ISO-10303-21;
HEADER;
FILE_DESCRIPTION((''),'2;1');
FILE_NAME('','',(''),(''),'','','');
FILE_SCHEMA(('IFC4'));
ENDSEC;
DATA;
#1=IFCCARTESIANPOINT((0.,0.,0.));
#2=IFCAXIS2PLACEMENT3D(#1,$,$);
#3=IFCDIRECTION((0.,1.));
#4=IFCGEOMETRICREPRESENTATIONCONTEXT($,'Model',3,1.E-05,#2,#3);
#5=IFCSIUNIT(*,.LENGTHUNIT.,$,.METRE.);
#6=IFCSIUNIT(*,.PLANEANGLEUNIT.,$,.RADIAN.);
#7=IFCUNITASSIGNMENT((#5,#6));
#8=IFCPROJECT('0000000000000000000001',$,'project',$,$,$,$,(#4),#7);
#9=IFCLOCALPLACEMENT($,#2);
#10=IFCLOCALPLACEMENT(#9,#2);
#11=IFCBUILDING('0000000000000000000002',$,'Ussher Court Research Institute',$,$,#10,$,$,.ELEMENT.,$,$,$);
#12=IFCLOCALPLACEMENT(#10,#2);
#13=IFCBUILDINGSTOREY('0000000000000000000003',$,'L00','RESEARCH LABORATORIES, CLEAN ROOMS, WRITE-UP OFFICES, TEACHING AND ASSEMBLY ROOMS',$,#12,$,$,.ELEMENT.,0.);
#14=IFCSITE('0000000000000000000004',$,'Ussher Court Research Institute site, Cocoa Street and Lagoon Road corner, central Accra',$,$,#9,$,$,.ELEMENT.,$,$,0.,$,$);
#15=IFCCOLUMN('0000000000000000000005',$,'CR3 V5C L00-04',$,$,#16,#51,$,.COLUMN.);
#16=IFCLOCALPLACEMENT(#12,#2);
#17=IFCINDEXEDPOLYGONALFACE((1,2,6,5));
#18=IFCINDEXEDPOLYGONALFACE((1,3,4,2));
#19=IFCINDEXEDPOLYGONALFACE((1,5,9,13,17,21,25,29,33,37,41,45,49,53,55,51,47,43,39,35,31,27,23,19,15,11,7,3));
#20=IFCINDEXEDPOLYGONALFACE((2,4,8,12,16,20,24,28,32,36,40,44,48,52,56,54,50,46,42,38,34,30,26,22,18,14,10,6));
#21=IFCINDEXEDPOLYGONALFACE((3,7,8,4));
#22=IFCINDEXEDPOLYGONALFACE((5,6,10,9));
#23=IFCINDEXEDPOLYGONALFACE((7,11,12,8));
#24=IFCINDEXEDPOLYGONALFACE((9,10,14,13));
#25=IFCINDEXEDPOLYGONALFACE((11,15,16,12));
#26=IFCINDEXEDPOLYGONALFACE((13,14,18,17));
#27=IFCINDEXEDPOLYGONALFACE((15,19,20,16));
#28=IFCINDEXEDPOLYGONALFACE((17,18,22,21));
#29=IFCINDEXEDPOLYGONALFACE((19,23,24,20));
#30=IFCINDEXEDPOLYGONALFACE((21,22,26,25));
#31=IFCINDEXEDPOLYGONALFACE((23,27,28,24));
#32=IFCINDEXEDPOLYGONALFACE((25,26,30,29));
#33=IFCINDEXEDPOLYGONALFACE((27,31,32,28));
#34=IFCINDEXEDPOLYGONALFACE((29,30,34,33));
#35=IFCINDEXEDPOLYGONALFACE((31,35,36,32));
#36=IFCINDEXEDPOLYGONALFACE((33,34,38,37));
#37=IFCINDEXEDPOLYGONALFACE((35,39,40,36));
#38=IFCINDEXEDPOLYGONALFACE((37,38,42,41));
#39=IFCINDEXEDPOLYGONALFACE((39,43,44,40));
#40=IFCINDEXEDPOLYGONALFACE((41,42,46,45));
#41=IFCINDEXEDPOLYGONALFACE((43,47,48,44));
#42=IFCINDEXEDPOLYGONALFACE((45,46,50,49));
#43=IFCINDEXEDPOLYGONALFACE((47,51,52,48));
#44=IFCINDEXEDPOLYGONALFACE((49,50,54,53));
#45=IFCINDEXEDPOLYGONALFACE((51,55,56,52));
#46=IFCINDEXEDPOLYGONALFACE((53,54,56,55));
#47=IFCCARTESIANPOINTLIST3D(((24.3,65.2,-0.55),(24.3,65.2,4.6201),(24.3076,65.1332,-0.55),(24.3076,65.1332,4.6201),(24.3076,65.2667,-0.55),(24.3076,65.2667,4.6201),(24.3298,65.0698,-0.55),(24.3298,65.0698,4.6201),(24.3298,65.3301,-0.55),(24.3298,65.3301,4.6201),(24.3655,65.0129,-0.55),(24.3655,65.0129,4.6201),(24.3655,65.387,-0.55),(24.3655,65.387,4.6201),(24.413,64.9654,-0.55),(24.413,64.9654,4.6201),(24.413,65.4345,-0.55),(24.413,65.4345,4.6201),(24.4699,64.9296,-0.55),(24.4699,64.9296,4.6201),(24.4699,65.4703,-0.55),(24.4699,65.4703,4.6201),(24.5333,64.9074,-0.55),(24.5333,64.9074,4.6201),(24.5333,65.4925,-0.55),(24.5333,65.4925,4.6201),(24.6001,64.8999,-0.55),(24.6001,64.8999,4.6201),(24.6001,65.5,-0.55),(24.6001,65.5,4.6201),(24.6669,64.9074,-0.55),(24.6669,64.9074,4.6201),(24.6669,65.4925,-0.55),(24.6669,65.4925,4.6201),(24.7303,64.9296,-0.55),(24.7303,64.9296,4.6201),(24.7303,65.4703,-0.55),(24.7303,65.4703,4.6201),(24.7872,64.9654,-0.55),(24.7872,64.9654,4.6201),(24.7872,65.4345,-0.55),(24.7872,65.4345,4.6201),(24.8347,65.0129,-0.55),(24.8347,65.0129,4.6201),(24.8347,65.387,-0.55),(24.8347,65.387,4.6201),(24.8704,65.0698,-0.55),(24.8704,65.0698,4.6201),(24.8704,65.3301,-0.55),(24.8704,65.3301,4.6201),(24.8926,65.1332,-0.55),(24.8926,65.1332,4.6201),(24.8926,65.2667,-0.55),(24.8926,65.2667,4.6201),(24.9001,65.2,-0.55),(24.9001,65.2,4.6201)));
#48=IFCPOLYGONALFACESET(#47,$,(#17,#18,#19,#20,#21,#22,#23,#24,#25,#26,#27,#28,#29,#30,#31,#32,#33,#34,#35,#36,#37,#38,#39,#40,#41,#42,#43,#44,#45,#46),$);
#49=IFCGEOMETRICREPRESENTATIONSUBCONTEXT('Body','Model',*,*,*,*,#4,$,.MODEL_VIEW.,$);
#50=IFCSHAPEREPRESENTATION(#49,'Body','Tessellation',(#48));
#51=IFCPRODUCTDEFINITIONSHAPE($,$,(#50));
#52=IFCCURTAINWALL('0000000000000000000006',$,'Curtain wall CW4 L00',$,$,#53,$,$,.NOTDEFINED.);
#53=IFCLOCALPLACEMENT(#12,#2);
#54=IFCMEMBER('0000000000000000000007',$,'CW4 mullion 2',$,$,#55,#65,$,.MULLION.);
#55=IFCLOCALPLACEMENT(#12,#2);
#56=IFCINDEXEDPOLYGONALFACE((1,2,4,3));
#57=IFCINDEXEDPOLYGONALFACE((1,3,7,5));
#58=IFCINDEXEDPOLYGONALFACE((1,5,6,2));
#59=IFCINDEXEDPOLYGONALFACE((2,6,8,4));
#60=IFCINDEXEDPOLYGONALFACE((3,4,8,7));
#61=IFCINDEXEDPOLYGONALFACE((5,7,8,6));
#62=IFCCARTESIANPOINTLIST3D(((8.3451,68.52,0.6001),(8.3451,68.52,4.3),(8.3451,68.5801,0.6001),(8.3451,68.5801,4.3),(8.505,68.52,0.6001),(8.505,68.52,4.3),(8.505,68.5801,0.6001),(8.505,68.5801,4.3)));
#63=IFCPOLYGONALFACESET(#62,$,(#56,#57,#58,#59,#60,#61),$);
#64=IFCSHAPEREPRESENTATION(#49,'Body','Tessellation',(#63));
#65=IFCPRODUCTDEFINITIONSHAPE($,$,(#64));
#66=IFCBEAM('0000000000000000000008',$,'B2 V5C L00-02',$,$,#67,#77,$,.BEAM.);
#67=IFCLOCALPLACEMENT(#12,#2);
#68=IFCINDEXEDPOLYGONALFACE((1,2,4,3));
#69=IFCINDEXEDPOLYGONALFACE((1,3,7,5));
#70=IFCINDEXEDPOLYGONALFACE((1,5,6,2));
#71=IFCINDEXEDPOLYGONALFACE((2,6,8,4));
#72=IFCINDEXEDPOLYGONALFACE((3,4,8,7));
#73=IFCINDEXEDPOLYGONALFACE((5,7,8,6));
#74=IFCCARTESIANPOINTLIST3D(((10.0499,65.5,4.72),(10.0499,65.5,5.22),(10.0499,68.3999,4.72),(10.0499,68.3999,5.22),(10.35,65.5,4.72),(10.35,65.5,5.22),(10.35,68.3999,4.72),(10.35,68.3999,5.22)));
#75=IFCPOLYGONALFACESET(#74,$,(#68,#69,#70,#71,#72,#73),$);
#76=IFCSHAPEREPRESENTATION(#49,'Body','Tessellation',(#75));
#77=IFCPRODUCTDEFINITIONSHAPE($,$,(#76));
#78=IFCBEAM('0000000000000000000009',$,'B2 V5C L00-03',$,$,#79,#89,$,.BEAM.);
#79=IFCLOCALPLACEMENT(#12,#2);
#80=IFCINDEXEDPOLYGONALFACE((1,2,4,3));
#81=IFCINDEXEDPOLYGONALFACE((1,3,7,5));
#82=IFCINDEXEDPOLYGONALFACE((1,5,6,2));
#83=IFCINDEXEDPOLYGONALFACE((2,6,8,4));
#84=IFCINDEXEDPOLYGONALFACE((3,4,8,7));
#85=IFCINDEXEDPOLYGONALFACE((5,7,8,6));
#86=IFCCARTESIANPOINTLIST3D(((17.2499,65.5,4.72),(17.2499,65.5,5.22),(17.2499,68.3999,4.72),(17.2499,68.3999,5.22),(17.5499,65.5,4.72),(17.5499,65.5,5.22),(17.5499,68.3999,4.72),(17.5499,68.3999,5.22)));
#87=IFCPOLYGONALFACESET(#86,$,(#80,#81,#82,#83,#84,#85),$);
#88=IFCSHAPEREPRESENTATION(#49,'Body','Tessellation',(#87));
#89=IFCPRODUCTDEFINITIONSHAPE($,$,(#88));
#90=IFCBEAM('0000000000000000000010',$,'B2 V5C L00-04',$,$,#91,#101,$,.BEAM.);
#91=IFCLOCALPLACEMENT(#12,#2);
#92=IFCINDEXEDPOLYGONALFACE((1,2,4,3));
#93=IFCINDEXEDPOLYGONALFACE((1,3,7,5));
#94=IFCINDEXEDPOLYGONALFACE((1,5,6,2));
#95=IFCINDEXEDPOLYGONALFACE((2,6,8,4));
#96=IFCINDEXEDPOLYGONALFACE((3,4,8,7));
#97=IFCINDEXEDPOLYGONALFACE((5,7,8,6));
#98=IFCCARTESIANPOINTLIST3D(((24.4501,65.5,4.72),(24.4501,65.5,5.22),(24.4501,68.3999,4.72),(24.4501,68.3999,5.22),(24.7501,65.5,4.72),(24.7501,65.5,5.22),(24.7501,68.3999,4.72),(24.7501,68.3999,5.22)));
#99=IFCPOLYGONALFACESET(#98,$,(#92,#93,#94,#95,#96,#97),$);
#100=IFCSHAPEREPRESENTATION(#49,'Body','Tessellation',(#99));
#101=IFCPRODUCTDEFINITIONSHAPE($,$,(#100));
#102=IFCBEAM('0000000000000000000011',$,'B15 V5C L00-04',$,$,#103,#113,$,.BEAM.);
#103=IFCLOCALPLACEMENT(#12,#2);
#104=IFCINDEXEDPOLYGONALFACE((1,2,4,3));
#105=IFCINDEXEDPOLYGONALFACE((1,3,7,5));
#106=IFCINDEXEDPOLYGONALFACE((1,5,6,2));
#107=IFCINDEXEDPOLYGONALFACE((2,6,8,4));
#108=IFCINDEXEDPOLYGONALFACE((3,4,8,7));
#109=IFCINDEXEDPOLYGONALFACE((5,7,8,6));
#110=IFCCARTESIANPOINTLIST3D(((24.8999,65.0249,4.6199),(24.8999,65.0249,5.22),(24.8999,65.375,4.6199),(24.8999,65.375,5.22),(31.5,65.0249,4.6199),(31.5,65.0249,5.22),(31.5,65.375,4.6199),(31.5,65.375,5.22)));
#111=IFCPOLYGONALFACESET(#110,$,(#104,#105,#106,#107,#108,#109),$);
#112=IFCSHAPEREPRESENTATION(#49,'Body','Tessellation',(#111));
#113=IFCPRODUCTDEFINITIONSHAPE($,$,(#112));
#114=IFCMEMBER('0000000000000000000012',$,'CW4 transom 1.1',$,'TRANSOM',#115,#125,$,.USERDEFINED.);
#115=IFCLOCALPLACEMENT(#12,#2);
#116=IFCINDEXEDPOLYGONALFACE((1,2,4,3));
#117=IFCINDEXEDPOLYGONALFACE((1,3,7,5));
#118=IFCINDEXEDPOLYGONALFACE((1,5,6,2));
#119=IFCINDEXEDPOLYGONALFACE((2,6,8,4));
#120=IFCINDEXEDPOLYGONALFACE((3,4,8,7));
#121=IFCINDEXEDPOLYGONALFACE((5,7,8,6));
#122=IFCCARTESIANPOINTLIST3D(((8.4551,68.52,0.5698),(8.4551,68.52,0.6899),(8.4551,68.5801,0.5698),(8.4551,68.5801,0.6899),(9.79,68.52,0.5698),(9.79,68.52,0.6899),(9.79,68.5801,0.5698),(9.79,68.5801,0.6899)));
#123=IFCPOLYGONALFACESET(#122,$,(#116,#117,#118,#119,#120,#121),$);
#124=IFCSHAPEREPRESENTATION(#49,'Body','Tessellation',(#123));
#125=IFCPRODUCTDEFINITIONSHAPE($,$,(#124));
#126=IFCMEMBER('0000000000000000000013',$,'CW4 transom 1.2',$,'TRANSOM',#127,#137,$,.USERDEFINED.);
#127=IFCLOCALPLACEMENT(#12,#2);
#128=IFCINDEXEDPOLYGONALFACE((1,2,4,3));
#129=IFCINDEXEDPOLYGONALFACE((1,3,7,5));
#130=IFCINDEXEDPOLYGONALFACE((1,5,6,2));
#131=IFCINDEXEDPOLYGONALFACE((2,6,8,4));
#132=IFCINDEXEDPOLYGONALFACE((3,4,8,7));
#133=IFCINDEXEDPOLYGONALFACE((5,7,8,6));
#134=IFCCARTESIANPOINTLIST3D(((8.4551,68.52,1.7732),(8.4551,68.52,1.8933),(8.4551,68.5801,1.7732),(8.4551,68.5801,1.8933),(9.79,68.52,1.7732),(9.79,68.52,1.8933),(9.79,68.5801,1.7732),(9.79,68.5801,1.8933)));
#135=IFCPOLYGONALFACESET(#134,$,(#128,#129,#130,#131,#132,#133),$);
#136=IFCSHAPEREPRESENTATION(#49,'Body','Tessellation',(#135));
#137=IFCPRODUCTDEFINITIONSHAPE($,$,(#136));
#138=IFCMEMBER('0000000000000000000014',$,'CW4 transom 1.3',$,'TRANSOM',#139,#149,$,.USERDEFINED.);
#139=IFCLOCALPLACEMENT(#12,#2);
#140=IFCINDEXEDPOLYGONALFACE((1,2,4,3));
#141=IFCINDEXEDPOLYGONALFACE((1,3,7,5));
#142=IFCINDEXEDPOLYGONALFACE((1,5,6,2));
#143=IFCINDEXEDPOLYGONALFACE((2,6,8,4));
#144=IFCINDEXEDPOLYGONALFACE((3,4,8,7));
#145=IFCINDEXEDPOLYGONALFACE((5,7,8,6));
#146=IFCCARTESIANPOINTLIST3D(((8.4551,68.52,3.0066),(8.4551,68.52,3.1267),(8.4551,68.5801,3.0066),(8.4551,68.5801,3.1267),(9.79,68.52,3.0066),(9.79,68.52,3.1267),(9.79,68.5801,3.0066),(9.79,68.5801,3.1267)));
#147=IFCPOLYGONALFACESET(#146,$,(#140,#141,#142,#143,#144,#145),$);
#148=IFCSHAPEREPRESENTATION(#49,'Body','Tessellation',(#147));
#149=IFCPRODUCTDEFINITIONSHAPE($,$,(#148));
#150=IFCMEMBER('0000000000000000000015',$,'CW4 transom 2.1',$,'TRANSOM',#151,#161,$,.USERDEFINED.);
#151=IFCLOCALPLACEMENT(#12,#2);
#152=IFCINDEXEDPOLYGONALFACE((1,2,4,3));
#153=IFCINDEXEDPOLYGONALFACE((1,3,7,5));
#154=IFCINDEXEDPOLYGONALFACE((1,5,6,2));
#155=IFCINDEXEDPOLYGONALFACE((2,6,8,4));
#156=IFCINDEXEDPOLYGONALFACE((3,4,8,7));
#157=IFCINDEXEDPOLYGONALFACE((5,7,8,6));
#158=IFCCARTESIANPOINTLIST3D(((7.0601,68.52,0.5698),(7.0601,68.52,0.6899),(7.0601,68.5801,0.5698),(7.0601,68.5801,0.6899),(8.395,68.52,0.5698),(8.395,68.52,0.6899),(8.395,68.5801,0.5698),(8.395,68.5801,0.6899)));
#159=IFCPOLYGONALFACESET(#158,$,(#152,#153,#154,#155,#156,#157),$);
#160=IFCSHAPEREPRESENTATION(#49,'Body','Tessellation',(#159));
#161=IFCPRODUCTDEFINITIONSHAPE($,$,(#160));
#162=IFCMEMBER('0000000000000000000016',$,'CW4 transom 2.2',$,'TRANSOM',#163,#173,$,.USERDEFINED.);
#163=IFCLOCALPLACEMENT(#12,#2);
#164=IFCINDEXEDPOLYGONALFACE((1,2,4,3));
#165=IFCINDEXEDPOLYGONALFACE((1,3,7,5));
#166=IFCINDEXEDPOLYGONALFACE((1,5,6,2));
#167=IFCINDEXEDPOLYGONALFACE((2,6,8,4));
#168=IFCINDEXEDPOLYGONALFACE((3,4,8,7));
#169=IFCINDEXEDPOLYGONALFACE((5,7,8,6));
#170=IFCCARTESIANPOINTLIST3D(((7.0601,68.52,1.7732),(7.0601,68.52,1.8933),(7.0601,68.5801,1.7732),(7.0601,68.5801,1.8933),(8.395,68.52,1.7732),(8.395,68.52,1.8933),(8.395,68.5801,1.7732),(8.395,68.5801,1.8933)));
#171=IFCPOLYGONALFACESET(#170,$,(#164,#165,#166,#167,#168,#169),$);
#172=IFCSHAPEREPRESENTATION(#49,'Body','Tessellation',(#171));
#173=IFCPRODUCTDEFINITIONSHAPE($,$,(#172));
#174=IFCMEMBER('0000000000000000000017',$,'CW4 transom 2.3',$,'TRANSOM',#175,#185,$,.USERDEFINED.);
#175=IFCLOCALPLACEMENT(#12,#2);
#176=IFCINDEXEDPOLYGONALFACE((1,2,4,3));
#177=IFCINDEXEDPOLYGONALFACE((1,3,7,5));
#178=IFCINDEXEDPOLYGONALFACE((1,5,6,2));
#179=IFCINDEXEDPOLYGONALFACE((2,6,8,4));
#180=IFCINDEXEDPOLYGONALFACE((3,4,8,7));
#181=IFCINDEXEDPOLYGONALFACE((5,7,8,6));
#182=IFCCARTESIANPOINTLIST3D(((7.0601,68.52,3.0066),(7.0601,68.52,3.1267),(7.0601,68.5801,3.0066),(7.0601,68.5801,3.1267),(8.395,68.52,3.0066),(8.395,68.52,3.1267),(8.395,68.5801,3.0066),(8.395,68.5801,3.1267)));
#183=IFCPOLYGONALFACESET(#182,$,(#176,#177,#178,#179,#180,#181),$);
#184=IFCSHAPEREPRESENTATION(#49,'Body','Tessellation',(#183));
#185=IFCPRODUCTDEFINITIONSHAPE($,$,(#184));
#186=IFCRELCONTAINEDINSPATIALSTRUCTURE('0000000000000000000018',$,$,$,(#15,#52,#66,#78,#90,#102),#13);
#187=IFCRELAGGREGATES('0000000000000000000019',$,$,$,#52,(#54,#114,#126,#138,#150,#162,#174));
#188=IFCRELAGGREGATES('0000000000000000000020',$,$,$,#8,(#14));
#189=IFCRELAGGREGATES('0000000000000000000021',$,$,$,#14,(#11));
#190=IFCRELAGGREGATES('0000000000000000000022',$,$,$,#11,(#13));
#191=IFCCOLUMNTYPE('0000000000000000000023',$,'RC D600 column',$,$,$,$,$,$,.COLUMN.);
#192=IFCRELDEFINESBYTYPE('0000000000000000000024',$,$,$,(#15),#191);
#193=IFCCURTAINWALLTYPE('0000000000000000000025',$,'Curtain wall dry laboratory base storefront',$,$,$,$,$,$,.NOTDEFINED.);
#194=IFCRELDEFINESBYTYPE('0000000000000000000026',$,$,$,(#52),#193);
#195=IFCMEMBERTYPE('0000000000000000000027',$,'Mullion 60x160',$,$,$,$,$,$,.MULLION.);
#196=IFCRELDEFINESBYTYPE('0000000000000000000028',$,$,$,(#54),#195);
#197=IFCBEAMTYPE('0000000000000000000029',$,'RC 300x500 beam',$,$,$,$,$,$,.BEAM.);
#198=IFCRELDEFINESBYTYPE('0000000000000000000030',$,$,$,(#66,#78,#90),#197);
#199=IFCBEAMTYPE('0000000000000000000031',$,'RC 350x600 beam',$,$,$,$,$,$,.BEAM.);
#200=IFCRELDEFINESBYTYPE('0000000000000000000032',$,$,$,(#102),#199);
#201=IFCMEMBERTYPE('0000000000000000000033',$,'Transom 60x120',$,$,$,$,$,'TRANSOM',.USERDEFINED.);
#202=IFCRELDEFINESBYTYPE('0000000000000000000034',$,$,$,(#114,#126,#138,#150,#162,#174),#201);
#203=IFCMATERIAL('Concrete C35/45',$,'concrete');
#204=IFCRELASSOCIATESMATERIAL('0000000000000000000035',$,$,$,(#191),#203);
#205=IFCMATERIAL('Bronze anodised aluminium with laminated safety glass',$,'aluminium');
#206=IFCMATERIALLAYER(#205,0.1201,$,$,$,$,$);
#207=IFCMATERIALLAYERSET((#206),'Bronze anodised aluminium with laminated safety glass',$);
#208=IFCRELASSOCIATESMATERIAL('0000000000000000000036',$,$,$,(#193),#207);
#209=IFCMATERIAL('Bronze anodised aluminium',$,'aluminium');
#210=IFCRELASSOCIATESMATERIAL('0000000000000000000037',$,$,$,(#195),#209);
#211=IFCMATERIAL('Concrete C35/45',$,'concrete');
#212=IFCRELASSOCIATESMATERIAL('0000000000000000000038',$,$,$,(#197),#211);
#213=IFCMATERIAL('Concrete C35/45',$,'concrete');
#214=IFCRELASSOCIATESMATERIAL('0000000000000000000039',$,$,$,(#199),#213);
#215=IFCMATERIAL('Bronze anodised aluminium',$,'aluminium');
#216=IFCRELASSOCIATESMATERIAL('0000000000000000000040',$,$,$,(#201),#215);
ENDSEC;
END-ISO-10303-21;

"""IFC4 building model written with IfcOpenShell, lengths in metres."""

from ifc_helpers import new_model, si_unit, direction, frame, origin, origin_2d, place, context, subcontext, project, spatial, rectangle, circle, extrude, material, layer, layer_set, material_profile, profile_set, type_object, element, aggregate, save


model = new_model("IFC4")

# Units and contexts
model_context = context("Model", 3, precision=1e-05, world=origin(), true_north=direction((0.0, 1.0)))
body_context = subcontext(model_context, "Body", "Model", "MODEL_VIEW")
ifc_project = project(units=[si_unit("LENGTHUNIT", "METRE"), si_unit("PLANEANGLEUNIT", "RADIAN")], contexts=[model_context])

# Site, building, storey
site_placement = place(None, origin())
site = spatial("IfcSite", under=ifc_project, at=site_placement, Name="Ussher Court Research Institute site, Cocoa Street and Lagoon Road corner, central Accra", CompositionType="ELEMENT", RefElevation=0.0)
building_placement = place(site_placement, origin())
building = spatial("IfcBuilding", under=site, at=building_placement, Name="Ussher Court Research Institute", CompositionType="ELEMENT")
storey_placement = place(building_placement, origin())
storey = spatial("IfcBuildingStorey", under=building, at=storey_placement, Name="L00", Description="RESEARCH LABORATORIES, CLEAN ROOMS, WRITE-UP OFFICES, TEACHING AND ASSEMBLY ROOMS", CompositionType="ELEMENT", Elevation=0.0)

# Column
ifc_material_1 = material(Name="Concrete C35/45", Category="concrete")
ifc_material_profile_1 = material_profile(ifc_material_1, circle(Radius=0.3, at=origin_2d()), Name="RC D600")
ifc_profile_set_1 = profile_set([ifc_material_profile_1], Name="Concrete C35/45")
column_type = type_object("IfcColumnType", Name="RC D600 column", PredefinedType="COLUMN", material=ifc_profile_set_1)
column_placement = place(storey_placement, frame((24.6001, 65.2, -0.55), z_axis=(0.0, 0.0, 1.0), x_axis=(1.0, 0.0, 0.0)))
element("IfcColumn", 1, at=column_placement, inside=storey, type_object=column_type, Name="CR3 V5C L00-04", PredefinedType="COLUMN", context=body_context, shape_type="SweptSolid", body=[
    extrude(circle(Radius=0.3, at=origin_2d()), origin(), (0.0, 0.0, 1.0), 5.1702),
])

# Curtain wall, member
ifc_material_2 = material(Name="Bronze anodised aluminium with laminated safety glass", Category="aluminium")
ifc_layer_1 = layer(ifc_material_2, 0.1201)
ifc_layer_set_1 = layer_set([ifc_layer_1], Name="Bronze anodised aluminium with laminated safety glass")
curtain_wall_type = type_object("IfcCurtainWallType", Name="Curtain wall dry laboratory base storefront", PredefinedType="NOTDEFINED", material=ifc_layer_set_1)
curtain_wall_placement = place(storey_placement, origin())
curtain_wall = element("IfcCurtainWall", 2, at=curtain_wall_placement, inside=storey, type_object=curtain_wall_type, Name="Curtain wall CW4 L00", PredefinedType="NOTDEFINED")
ifc_material_3 = material(Name="Bronze anodised aluminium", Category="aluminium")
ifc_material_profile_2 = material_profile(ifc_material_3, rectangle(XDim=0.0601, YDim=0.1599, at=origin_2d()), Name="Mullion 60x160")
ifc_profile_set_2 = profile_set([ifc_material_profile_2], Name="Bronze anodised aluminium")
member_type_1 = type_object("IfcMemberType", Name="Mullion 60x160", PredefinedType="MULLION", material=ifc_profile_set_2)
member_1_placement = place(storey_placement, frame((8.425, 68.55, 0.6001), z_axis=(0.0, 0.0, 1.0), x_axis=(0.0, -1.0, 0.0)))
member_1 = element("IfcMember", 3, at=member_1_placement, type_object=member_type_1, Name="CW4 mullion 2", PredefinedType="MULLION", context=body_context, shape_type="SweptSolid", body=[
    extrude(rectangle(XDim=0.0601, YDim=0.1599, at=origin_2d()), origin(), (0.0, 0.0, 1.0), 3.7),
])

# Beams
ifc_material_4 = material(Name="Concrete C35/45", Category="concrete")
ifc_material_profile_3 = material_profile(ifc_material_4, rectangle(XDim=0.3, YDim=0.5, at=origin_2d()), Name="RC 300x500")
ifc_profile_set_3 = profile_set([ifc_material_profile_3], Name="Concrete C35/45")
beam_type_1 = type_object("IfcBeamType", Name="RC 300x500 beam", PredefinedType="BEAM", material=ifc_profile_set_3)
for number, where, z_axis, x_axis, name in (
    (4, (10.2, 65.5, 4.97), (0.0, 1.0, 0.0), (-1.0, 0.0, 0.0), "B2 V5C L00-02"),
    (5, (17.3999, 65.5, 4.97), (0.0, 1.0, 0.0), (-1.0, 0.0, 0.0), "B2 V5C L00-03"),
    (6, (24.6001, 65.5, 4.97), (0.0, 1.0, 0.0), (-1.0, 0.0, 0.0), "B2 V5C L00-04"),
):
    element("IfcBeam", number, at=place(storey_placement, frame(where, z_axis=z_axis, x_axis=x_axis)), inside=storey, type_object=beam_type_1, Name=name, PredefinedType="BEAM", context=body_context, shape_type="SweptSolid", body=[
        extrude(rectangle(XDim=0.3, YDim=0.5, at=origin_2d()), origin(), (0.0, 0.0, 1.0), 2.8999),
    ])
ifc_material_5 = material(Name="Concrete C35/45", Category="concrete")
ifc_material_profile_4 = material_profile(ifc_material_5, rectangle(XDim=0.3501, YDim=0.6001, at=origin_2d()), Name="RC 350x600")
ifc_profile_set_4 = profile_set([ifc_material_profile_4], Name="Concrete C35/45")
beam_type_2 = type_object("IfcBeamType", Name="RC 350x600 beam", PredefinedType="BEAM", material=ifc_profile_set_4)
beam_placement = place(storey_placement, frame((24.8999, 65.2, 4.9199), z_axis=(1.0, 0.0, 0.0), x_axis=(0.0, 1.0, 0.0)))
element("IfcBeam", 7, at=beam_placement, inside=storey, type_object=beam_type_2, Name="B15 V5C L00-04", PredefinedType="BEAM", context=body_context, shape_type="SweptSolid", body=[
    extrude(rectangle(XDim=0.3501, YDim=0.6001, at=origin_2d()), origin(), (0.0, 0.0, 1.0), 6.6001),
])

# Members
ifc_material_6 = material(Name="Bronze anodised aluminium", Category="aluminium")
ifc_material_profile_5 = material_profile(ifc_material_6, rectangle(XDim=0.0601, YDim=0.1201, at=origin_2d()), Name="Transom 60x120")
ifc_profile_set_5 = profile_set([ifc_material_profile_5], Name="Bronze anodised aluminium")
member_type_2 = type_object("IfcMemberType", Name="Transom 60x120", ElementType="TRANSOM", PredefinedType="USERDEFINED", material=ifc_profile_set_5)
member_2_placement = place(storey_placement, frame((9.79, 68.55, 0.6299), z_axis=(-1.0, 0.0, 0.0), x_axis=(0.0, -1.0, 0.0)))
member_2 = element("IfcMember", 8, at=member_2_placement, type_object=member_type_2, Name="CW4 transom 1.1", ObjectType="TRANSOM", PredefinedType="USERDEFINED", context=body_context, shape_type="SweptSolid", body=[
    extrude(rectangle(XDim=0.0601, YDim=0.1201, at=origin_2d()), origin(), (0.0, 0.0, 1.0), 1.335),
])
member_3_placement = place(storey_placement, frame((9.79, 68.55, 1.8333), z_axis=(-1.0, 0.0, 0.0), x_axis=(0.0, -1.0, 0.0)))
member_3 = element("IfcMember", 9, at=member_3_placement, type_object=member_type_2, Name="CW4 transom 1.2", ObjectType="TRANSOM", PredefinedType="USERDEFINED", context=body_context, shape_type="SweptSolid", body=[
    extrude(rectangle(XDim=0.0601, YDim=0.1201, at=origin_2d()), origin(), (0.0, 0.0, 1.0), 1.335),
])
member_4_placement = place(storey_placement, frame((9.79, 68.55, 3.0667), z_axis=(-1.0, 0.0, 0.0), x_axis=(0.0, -1.0, 0.0)))
member_4 = element("IfcMember", 10, at=member_4_placement, type_object=member_type_2, Name="CW4 transom 1.3", ObjectType="TRANSOM", PredefinedType="USERDEFINED", context=body_context, shape_type="SweptSolid", body=[
    extrude(rectangle(XDim=0.0601, YDim=0.1201, at=origin_2d()), origin(), (0.0, 0.0, 1.0), 1.335),
])
member_5_placement = place(storey_placement, frame((8.395, 68.55, 0.6299), z_axis=(-1.0, 0.0, 0.0), x_axis=(0.0, -1.0, 0.0)))
member_5 = element("IfcMember", 11, at=member_5_placement, type_object=member_type_2, Name="CW4 transom 2.1", ObjectType="TRANSOM", PredefinedType="USERDEFINED", context=body_context, shape_type="SweptSolid", body=[
    extrude(rectangle(XDim=0.0601, YDim=0.1201, at=origin_2d()), origin(), (0.0, 0.0, 1.0), 1.335),
])
member_6_placement = place(storey_placement, frame((8.395, 68.55, 1.8333), z_axis=(-1.0, 0.0, 0.0), x_axis=(0.0, -1.0, 0.0)))
member_6 = element("IfcMember", 12, at=member_6_placement, type_object=member_type_2, Name="CW4 transom 2.2", ObjectType="TRANSOM", PredefinedType="USERDEFINED", context=body_context, shape_type="SweptSolid", body=[
    extrude(rectangle(XDim=0.0601, YDim=0.1201, at=origin_2d()), origin(), (0.0, 0.0, 1.0), 1.335),
])
member_7_placement = place(storey_placement, frame((8.395, 68.55, 3.0667), z_axis=(-1.0, 0.0, 0.0), x_axis=(0.0, -1.0, 0.0)))
member_7 = element("IfcMember", 13, at=member_7_placement, type_object=member_type_2, Name="CW4 transom 2.3", ObjectType="TRANSOM", PredefinedType="USERDEFINED", context=body_context, shape_type="SweptSolid", body=[
    extrude(rectangle(XDim=0.0601, YDim=0.1201, at=origin_2d()), origin(), (0.0, 0.0, 1.0), 1.335),
])

aggregate(curtain_wall, [member_1, member_2, member_3, member_4, member_5, member_6, member_7])

save(model, "model.ifc")
